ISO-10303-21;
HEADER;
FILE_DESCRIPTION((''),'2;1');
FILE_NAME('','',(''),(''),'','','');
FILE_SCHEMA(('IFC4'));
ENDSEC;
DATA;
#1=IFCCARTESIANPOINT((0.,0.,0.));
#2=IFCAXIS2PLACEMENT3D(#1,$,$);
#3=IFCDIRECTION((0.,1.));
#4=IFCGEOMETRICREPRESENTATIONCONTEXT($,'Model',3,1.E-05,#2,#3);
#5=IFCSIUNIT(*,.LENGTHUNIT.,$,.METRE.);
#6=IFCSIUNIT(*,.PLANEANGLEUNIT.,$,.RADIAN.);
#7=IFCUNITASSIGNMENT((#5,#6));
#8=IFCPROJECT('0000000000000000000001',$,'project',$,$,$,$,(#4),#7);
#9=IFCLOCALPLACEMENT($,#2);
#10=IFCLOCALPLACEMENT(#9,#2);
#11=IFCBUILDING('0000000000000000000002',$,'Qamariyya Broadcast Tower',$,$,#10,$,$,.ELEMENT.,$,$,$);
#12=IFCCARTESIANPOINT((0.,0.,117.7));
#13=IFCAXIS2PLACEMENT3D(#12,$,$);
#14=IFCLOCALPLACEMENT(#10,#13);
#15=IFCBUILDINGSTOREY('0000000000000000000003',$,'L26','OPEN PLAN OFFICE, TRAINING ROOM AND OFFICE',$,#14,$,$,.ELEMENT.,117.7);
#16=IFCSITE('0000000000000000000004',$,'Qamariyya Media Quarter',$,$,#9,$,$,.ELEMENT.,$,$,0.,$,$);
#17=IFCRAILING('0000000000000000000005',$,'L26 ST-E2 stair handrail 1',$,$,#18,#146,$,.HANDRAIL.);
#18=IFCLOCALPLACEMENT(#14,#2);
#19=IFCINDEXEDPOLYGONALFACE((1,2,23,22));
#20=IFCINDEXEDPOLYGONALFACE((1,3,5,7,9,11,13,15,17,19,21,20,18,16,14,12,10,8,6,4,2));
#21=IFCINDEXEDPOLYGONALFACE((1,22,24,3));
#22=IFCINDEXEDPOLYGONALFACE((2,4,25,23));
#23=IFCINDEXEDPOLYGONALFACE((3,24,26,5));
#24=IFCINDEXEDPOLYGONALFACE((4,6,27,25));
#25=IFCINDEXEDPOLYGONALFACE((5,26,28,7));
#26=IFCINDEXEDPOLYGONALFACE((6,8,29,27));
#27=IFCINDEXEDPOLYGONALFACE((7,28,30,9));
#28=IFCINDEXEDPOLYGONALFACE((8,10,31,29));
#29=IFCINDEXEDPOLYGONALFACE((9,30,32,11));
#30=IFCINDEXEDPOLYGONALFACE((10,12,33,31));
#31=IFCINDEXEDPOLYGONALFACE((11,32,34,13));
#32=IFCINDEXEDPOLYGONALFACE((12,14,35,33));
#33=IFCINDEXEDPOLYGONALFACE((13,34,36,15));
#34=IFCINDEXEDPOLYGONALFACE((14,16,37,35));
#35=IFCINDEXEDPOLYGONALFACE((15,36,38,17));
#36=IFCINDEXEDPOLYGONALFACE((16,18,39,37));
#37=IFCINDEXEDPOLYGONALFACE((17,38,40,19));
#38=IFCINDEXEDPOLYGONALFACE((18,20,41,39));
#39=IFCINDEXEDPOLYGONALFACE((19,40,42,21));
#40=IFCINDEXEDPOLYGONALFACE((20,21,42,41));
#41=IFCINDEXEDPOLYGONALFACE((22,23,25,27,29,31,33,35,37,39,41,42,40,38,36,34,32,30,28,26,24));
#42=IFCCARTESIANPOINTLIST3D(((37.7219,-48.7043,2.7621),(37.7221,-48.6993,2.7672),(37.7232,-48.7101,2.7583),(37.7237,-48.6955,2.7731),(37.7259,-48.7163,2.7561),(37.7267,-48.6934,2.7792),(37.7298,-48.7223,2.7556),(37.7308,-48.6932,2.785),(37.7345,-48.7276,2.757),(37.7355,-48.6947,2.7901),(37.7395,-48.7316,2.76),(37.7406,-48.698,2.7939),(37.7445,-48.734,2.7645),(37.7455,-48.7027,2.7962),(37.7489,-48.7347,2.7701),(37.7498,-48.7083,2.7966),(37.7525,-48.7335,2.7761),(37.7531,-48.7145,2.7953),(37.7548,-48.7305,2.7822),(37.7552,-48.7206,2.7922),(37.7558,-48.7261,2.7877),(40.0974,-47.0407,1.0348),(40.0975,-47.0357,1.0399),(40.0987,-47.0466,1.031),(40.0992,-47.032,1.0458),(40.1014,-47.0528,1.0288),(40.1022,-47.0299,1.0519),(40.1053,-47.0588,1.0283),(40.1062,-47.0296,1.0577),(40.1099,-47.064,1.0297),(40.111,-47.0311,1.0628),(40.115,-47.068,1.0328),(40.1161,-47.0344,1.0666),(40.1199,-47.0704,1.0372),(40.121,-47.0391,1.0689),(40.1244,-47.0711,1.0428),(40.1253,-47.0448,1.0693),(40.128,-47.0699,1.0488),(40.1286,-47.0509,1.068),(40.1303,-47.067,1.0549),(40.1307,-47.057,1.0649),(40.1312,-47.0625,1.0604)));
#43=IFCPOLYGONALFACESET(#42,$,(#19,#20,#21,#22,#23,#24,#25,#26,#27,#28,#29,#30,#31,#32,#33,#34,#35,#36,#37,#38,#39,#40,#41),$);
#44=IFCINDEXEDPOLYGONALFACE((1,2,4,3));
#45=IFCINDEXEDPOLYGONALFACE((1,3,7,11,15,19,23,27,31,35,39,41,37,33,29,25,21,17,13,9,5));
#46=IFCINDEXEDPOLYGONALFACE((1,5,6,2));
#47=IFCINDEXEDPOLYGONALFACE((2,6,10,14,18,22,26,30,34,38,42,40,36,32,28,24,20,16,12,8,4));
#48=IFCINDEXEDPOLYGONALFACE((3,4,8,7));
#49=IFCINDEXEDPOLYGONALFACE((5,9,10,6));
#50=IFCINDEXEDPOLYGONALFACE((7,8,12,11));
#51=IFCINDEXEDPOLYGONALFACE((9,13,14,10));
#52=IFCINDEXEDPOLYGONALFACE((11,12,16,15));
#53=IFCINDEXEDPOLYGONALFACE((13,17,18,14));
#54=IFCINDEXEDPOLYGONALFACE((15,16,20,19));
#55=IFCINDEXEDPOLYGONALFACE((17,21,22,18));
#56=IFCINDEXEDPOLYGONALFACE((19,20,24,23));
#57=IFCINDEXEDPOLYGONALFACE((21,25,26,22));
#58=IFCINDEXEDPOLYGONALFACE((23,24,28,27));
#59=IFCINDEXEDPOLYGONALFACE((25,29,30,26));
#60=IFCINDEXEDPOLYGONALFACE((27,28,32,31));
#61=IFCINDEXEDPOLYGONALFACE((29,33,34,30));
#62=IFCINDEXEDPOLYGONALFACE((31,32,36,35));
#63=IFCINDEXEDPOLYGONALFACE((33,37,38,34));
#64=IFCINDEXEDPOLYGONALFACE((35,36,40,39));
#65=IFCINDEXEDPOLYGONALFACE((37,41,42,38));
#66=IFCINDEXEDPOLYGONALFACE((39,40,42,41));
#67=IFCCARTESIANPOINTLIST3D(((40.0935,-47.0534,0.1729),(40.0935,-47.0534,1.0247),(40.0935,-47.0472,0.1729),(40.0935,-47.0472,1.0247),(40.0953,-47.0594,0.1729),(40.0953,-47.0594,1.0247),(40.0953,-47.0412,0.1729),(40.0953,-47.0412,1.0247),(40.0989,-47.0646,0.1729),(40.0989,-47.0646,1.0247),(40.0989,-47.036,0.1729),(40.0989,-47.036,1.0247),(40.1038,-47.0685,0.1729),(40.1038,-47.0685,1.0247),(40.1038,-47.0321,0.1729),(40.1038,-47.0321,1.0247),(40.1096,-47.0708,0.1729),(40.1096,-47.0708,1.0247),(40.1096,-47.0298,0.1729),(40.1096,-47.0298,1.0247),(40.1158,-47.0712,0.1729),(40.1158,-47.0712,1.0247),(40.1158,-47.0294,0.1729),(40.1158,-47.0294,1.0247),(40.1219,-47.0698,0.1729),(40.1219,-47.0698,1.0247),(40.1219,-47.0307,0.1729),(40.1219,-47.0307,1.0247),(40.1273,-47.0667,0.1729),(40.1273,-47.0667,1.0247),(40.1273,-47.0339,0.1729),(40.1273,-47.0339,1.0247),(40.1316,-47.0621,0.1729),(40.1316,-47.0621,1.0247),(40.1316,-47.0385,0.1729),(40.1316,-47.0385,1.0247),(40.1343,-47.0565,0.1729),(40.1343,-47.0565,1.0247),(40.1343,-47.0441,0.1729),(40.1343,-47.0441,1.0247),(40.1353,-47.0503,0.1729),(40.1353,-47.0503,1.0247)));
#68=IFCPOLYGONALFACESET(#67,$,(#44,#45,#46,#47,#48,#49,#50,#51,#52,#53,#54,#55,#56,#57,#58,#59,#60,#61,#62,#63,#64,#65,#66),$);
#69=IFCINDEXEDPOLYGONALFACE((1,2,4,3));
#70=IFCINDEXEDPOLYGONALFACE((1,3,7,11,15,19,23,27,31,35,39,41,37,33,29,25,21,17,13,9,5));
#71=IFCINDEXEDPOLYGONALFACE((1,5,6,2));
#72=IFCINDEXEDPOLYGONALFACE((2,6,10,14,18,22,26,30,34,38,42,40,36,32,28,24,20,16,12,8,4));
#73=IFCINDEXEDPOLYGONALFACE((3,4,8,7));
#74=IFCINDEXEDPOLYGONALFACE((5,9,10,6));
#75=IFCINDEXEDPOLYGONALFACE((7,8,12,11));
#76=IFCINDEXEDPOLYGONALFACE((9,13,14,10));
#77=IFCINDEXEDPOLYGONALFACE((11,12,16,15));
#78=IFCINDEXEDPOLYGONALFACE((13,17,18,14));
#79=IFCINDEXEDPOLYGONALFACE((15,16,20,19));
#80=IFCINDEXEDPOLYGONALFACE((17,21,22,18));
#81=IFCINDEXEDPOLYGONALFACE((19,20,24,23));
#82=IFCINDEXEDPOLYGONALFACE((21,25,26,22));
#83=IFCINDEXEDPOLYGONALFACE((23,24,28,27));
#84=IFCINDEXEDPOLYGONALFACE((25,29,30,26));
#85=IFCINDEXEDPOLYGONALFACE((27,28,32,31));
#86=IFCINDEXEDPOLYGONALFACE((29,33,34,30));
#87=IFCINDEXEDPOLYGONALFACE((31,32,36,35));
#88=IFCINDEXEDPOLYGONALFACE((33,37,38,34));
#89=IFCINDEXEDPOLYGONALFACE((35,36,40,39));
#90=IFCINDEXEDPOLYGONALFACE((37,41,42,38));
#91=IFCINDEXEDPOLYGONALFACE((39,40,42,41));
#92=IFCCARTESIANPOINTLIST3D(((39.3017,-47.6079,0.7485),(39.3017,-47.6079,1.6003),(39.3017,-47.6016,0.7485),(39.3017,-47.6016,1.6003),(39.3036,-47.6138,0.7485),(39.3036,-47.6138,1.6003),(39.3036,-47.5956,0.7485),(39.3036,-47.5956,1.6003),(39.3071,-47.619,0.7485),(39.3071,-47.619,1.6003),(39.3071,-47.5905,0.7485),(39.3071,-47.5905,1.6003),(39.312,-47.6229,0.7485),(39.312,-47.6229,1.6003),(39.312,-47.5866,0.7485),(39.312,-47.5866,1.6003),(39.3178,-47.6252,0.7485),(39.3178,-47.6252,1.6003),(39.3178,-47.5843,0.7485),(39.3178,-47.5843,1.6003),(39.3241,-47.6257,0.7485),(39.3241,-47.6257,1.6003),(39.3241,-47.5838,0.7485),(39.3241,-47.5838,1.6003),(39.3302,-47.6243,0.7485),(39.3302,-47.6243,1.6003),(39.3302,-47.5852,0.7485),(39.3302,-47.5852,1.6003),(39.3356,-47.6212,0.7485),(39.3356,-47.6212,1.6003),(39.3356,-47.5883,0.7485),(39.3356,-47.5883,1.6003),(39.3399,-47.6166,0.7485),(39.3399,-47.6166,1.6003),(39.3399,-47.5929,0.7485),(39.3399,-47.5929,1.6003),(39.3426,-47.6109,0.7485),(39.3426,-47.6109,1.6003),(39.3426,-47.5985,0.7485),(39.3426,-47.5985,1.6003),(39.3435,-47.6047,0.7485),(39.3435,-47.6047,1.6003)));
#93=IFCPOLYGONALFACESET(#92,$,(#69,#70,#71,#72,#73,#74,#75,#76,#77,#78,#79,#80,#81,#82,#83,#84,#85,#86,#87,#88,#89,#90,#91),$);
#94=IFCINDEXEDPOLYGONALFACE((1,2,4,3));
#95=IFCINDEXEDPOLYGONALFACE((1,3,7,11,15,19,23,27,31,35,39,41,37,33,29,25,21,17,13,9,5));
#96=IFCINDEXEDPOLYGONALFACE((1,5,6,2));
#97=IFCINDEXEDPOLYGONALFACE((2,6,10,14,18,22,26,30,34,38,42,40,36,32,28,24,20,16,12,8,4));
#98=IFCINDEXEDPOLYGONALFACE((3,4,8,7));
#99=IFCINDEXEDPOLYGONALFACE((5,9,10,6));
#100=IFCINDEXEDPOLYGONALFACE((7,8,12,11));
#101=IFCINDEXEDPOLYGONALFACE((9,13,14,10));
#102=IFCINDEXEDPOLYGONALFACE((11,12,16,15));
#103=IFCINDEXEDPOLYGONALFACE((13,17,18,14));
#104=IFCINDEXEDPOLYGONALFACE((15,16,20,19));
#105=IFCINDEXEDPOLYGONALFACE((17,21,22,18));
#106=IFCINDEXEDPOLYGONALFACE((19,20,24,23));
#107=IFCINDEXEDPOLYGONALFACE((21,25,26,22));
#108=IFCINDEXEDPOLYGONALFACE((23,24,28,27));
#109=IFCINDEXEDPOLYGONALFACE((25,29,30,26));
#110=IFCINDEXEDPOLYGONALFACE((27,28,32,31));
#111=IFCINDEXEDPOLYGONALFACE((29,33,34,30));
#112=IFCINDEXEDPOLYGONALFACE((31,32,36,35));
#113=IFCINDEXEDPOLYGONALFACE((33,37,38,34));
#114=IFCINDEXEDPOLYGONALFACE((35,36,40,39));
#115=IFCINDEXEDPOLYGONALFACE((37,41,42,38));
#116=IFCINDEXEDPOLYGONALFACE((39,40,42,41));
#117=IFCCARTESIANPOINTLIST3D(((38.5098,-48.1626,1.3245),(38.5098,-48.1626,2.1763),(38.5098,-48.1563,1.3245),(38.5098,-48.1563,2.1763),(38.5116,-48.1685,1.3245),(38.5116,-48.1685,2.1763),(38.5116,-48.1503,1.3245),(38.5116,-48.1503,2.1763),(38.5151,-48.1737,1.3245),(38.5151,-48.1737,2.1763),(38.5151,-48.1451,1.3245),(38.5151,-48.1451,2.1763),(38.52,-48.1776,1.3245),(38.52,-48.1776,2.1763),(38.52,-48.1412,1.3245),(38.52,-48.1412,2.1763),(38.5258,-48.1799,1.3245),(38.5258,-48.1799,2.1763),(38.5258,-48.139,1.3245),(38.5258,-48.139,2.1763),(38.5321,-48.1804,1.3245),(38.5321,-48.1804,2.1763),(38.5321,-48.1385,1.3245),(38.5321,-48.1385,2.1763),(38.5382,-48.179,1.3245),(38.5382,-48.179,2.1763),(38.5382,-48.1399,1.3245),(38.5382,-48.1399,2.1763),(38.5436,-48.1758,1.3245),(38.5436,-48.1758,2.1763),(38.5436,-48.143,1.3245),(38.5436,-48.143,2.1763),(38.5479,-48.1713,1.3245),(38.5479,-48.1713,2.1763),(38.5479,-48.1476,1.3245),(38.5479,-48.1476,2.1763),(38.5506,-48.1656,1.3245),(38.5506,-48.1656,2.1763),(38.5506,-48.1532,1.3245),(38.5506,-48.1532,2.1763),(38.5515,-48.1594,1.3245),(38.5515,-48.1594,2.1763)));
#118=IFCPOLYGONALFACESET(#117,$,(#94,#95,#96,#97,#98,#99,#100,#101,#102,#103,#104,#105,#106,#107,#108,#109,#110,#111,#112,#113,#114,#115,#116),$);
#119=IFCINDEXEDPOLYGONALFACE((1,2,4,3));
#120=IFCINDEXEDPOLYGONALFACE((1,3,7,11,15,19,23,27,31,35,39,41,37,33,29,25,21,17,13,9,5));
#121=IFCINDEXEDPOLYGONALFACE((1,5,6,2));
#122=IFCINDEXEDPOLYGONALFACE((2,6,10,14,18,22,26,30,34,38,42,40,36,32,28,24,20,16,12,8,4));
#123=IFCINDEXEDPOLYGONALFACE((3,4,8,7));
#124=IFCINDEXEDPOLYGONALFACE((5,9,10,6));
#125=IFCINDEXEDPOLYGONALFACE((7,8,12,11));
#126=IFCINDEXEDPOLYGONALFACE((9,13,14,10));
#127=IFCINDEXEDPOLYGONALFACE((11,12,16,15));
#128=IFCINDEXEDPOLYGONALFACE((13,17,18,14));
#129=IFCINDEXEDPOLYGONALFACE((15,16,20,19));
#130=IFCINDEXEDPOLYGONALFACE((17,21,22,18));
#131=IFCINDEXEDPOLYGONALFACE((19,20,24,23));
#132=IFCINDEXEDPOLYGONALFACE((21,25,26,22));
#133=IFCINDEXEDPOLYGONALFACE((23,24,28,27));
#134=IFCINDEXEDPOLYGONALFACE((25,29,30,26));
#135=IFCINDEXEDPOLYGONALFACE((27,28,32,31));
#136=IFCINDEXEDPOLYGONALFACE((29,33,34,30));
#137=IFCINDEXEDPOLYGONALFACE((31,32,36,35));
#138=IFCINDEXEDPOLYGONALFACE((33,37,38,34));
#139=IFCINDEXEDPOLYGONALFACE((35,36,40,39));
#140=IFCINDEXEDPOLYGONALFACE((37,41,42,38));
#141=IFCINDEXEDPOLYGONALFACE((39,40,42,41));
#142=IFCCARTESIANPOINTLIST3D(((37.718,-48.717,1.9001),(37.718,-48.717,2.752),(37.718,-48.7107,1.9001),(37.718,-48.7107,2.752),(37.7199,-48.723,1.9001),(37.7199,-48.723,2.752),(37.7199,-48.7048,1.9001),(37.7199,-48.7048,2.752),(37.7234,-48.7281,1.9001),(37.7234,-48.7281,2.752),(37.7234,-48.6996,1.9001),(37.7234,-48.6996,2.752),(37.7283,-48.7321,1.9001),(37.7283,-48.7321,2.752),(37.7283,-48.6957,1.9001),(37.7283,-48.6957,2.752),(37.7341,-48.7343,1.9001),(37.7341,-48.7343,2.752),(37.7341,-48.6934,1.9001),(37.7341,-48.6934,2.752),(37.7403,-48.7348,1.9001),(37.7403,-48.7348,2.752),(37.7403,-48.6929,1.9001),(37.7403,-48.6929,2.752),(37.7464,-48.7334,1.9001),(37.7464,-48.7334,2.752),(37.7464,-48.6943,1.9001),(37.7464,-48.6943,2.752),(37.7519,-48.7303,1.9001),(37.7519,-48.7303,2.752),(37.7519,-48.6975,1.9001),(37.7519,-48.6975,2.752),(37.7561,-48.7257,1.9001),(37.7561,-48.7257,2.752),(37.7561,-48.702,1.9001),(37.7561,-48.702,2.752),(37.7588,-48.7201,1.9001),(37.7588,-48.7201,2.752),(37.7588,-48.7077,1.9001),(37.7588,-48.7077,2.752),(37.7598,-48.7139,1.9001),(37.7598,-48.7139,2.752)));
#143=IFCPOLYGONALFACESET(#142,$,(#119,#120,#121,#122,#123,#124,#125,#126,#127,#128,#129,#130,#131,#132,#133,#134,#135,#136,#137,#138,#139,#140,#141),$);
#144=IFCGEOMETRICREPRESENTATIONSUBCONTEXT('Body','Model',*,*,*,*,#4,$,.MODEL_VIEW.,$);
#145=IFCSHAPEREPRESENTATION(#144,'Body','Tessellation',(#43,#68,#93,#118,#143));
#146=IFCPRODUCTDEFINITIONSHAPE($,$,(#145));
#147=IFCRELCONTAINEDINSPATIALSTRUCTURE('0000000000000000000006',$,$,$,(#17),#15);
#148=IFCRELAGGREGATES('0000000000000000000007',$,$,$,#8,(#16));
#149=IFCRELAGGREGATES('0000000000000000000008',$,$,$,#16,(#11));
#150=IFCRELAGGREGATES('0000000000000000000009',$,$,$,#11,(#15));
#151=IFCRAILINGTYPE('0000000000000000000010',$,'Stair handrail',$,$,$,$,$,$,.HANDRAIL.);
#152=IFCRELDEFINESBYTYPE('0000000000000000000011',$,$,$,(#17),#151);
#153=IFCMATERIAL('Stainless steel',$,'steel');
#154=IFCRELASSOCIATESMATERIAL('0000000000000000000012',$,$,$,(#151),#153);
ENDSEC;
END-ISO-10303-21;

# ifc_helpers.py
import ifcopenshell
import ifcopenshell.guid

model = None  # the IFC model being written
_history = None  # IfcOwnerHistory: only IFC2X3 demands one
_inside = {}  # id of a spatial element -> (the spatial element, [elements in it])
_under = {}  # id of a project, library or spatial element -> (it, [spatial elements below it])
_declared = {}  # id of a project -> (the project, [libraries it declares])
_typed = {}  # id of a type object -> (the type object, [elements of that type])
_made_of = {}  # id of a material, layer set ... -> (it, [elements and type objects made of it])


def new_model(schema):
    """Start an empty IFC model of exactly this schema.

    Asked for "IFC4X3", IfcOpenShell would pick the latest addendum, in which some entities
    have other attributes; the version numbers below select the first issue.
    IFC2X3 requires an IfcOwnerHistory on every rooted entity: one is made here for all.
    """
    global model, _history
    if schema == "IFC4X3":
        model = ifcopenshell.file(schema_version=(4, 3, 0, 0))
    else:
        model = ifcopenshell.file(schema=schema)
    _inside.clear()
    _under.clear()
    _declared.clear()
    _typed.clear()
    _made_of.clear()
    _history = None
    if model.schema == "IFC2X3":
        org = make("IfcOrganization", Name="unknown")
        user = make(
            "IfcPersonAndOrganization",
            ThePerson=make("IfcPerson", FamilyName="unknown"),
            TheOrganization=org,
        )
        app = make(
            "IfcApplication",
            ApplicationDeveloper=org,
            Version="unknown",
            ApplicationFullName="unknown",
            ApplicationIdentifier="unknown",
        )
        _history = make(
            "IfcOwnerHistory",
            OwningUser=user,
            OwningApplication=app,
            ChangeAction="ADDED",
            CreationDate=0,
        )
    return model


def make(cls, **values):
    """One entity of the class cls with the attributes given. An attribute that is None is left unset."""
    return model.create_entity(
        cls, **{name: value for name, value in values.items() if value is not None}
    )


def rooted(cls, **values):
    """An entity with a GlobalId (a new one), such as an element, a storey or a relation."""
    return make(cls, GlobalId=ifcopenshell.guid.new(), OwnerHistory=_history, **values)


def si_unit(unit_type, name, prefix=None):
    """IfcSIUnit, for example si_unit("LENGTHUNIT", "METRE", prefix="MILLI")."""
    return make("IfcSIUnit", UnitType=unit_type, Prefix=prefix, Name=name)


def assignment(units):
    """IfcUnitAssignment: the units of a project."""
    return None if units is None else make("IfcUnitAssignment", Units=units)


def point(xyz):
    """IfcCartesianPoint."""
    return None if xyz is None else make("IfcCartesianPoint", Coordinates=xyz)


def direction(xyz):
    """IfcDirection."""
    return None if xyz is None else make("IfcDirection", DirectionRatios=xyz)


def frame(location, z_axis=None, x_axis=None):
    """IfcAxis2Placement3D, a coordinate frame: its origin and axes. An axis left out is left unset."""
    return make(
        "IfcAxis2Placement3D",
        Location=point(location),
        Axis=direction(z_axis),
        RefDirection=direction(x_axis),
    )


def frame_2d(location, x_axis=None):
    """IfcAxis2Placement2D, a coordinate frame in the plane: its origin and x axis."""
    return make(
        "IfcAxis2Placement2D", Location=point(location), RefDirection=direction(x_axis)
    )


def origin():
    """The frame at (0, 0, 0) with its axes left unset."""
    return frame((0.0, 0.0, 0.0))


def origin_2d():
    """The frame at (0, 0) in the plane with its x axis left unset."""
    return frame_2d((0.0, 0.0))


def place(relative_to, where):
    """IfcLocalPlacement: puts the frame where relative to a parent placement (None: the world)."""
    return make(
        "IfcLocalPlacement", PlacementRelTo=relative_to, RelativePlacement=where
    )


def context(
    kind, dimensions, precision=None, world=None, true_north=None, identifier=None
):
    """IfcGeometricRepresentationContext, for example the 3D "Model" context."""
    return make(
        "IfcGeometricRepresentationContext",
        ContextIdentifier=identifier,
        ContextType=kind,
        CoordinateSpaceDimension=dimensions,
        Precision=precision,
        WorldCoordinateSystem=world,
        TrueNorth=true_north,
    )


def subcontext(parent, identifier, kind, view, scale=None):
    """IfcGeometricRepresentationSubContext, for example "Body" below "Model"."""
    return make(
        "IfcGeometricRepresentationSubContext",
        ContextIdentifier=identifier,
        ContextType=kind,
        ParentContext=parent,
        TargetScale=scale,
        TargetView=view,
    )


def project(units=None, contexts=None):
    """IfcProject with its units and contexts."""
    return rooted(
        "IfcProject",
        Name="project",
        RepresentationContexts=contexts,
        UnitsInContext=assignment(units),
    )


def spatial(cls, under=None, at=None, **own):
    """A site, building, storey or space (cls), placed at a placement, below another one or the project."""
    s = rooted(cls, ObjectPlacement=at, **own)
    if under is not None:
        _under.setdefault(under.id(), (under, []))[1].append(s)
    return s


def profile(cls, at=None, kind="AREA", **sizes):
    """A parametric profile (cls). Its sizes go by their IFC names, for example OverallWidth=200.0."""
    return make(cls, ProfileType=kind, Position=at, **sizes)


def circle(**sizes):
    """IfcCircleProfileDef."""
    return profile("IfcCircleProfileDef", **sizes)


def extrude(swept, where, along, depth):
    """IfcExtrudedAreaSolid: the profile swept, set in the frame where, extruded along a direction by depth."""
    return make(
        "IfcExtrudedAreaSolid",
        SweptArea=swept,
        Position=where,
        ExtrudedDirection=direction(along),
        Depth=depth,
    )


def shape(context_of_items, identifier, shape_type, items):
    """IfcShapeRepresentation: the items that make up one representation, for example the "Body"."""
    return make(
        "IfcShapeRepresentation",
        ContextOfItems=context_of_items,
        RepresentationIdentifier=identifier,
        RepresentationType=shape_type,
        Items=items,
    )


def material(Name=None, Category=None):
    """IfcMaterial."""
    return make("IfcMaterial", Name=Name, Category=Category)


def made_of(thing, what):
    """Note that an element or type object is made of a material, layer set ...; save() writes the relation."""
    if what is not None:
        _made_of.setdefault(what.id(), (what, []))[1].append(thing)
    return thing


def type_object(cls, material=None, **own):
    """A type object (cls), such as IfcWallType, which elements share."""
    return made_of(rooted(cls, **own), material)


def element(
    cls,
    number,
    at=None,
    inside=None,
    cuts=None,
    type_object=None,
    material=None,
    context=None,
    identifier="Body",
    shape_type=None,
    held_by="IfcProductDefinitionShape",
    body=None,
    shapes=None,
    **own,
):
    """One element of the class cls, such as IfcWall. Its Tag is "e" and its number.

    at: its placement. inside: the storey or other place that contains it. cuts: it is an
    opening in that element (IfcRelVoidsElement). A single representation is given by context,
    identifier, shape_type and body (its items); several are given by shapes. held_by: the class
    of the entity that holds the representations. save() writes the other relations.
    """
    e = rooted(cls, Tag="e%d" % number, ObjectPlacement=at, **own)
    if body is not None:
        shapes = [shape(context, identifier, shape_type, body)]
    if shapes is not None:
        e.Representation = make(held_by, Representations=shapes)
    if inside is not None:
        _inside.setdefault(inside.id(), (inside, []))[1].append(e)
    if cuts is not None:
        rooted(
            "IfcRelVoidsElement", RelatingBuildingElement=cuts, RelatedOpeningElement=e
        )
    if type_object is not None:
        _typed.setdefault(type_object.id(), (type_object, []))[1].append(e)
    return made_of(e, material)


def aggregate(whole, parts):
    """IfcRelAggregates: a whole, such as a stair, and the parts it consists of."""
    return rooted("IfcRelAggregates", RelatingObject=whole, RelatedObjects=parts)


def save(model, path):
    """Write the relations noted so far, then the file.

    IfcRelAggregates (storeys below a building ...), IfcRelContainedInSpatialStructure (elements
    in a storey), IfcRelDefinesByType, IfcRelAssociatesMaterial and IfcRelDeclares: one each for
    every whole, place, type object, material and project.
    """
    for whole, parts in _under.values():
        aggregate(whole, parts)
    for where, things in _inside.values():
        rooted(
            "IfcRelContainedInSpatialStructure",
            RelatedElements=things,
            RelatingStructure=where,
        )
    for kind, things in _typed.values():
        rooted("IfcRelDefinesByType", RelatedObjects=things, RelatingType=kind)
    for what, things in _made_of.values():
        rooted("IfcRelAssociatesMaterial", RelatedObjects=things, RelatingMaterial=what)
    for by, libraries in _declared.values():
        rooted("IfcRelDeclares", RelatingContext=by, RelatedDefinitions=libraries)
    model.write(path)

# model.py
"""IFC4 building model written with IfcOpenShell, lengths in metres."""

from ifc_helpers import new_model, si_unit, direction, frame, origin, origin_2d, place, context, subcontext, project, spatial, circle, extrude, material, type_object, element, save


model = new_model("IFC4")

# Units and contexts
model_context = context("Model", 3, precision=1e-05, world=origin(), true_north=direction((0.0, 1.0)))
body_context = subcontext(model_context, "Body", "Model", "MODEL_VIEW")
ifc_project = project(units=[si_unit("LENGTHUNIT", "METRE"), si_unit("PLANEANGLEUNIT", "RADIAN")], contexts=[model_context])

# Site, building, storey
site_placement = place(None, origin())
site = spatial("IfcSite", under=ifc_project, at=site_placement, Name="Qamariyya Media Quarter", CompositionType="ELEMENT", RefElevation=0.0)
building_placement = place(site_placement, origin())
building = spatial("IfcBuilding", under=site, at=building_placement, Name="Qamariyya Broadcast Tower", CompositionType="ELEMENT")
storey_placement = place(building_placement, frame((0.0, 0.0, 117.7)))
storey = spatial("IfcBuildingStorey", under=building, at=storey_placement, Name="L26", Description="OPEN PLAN OFFICE, TRAINING ROOM AND OFFICE", CompositionType="ELEMENT", Elevation=117.7)

# Railing
ifc_material_1 = material(Name="Stainless steel", Category="steel")
railing_type_1 = type_object("IfcRailingType", Name="Stair handrail", PredefinedType="HANDRAIL", material=ifc_material_1)
railing_1_placement = place(storey_placement, frame((40.1143, -47.0503, 0.1729)))
element("IfcRailing", 1, at=railing_1_placement, inside=storey, type_object=railing_type_1, Name="L26 ST-E2 stair handrail 1", PredefinedType="HANDRAIL", context=body_context, shape_type="SweptSolid", body=[
    extrude(circle(Radius=0.0239, at=origin_2d()), frame((0.0, 0.0, 0.876), z_axis=(-0.703745, -0.492838, 0.511716), x_axis=(0.573632, -0.819113, 0.0)), (0.0, 0.0, 1.0), 3.3755),
    extrude(circle(Radius=0.021, at=origin_2d()), origin(), (0.0, 0.0, 1.0), 0.8518),
    extrude(circle(Radius=0.021, at=origin_2d()), frame((-0.7917, -0.5544, 0.5757)), (0.0, 0.0, 1.0), 0.8518),
    extrude(circle(Radius=0.021, at=origin_2d()), frame((-1.5837, -1.1091, 1.1516)), (0.0, 0.0, 1.0), 0.8518),
    extrude(circle(Radius=0.021, at=origin_2d()), frame((-2.3755, -1.6636, 1.7273)), (0.0, 0.0, 1.0), 0.8518),
])

save(model, "model.ifc")
